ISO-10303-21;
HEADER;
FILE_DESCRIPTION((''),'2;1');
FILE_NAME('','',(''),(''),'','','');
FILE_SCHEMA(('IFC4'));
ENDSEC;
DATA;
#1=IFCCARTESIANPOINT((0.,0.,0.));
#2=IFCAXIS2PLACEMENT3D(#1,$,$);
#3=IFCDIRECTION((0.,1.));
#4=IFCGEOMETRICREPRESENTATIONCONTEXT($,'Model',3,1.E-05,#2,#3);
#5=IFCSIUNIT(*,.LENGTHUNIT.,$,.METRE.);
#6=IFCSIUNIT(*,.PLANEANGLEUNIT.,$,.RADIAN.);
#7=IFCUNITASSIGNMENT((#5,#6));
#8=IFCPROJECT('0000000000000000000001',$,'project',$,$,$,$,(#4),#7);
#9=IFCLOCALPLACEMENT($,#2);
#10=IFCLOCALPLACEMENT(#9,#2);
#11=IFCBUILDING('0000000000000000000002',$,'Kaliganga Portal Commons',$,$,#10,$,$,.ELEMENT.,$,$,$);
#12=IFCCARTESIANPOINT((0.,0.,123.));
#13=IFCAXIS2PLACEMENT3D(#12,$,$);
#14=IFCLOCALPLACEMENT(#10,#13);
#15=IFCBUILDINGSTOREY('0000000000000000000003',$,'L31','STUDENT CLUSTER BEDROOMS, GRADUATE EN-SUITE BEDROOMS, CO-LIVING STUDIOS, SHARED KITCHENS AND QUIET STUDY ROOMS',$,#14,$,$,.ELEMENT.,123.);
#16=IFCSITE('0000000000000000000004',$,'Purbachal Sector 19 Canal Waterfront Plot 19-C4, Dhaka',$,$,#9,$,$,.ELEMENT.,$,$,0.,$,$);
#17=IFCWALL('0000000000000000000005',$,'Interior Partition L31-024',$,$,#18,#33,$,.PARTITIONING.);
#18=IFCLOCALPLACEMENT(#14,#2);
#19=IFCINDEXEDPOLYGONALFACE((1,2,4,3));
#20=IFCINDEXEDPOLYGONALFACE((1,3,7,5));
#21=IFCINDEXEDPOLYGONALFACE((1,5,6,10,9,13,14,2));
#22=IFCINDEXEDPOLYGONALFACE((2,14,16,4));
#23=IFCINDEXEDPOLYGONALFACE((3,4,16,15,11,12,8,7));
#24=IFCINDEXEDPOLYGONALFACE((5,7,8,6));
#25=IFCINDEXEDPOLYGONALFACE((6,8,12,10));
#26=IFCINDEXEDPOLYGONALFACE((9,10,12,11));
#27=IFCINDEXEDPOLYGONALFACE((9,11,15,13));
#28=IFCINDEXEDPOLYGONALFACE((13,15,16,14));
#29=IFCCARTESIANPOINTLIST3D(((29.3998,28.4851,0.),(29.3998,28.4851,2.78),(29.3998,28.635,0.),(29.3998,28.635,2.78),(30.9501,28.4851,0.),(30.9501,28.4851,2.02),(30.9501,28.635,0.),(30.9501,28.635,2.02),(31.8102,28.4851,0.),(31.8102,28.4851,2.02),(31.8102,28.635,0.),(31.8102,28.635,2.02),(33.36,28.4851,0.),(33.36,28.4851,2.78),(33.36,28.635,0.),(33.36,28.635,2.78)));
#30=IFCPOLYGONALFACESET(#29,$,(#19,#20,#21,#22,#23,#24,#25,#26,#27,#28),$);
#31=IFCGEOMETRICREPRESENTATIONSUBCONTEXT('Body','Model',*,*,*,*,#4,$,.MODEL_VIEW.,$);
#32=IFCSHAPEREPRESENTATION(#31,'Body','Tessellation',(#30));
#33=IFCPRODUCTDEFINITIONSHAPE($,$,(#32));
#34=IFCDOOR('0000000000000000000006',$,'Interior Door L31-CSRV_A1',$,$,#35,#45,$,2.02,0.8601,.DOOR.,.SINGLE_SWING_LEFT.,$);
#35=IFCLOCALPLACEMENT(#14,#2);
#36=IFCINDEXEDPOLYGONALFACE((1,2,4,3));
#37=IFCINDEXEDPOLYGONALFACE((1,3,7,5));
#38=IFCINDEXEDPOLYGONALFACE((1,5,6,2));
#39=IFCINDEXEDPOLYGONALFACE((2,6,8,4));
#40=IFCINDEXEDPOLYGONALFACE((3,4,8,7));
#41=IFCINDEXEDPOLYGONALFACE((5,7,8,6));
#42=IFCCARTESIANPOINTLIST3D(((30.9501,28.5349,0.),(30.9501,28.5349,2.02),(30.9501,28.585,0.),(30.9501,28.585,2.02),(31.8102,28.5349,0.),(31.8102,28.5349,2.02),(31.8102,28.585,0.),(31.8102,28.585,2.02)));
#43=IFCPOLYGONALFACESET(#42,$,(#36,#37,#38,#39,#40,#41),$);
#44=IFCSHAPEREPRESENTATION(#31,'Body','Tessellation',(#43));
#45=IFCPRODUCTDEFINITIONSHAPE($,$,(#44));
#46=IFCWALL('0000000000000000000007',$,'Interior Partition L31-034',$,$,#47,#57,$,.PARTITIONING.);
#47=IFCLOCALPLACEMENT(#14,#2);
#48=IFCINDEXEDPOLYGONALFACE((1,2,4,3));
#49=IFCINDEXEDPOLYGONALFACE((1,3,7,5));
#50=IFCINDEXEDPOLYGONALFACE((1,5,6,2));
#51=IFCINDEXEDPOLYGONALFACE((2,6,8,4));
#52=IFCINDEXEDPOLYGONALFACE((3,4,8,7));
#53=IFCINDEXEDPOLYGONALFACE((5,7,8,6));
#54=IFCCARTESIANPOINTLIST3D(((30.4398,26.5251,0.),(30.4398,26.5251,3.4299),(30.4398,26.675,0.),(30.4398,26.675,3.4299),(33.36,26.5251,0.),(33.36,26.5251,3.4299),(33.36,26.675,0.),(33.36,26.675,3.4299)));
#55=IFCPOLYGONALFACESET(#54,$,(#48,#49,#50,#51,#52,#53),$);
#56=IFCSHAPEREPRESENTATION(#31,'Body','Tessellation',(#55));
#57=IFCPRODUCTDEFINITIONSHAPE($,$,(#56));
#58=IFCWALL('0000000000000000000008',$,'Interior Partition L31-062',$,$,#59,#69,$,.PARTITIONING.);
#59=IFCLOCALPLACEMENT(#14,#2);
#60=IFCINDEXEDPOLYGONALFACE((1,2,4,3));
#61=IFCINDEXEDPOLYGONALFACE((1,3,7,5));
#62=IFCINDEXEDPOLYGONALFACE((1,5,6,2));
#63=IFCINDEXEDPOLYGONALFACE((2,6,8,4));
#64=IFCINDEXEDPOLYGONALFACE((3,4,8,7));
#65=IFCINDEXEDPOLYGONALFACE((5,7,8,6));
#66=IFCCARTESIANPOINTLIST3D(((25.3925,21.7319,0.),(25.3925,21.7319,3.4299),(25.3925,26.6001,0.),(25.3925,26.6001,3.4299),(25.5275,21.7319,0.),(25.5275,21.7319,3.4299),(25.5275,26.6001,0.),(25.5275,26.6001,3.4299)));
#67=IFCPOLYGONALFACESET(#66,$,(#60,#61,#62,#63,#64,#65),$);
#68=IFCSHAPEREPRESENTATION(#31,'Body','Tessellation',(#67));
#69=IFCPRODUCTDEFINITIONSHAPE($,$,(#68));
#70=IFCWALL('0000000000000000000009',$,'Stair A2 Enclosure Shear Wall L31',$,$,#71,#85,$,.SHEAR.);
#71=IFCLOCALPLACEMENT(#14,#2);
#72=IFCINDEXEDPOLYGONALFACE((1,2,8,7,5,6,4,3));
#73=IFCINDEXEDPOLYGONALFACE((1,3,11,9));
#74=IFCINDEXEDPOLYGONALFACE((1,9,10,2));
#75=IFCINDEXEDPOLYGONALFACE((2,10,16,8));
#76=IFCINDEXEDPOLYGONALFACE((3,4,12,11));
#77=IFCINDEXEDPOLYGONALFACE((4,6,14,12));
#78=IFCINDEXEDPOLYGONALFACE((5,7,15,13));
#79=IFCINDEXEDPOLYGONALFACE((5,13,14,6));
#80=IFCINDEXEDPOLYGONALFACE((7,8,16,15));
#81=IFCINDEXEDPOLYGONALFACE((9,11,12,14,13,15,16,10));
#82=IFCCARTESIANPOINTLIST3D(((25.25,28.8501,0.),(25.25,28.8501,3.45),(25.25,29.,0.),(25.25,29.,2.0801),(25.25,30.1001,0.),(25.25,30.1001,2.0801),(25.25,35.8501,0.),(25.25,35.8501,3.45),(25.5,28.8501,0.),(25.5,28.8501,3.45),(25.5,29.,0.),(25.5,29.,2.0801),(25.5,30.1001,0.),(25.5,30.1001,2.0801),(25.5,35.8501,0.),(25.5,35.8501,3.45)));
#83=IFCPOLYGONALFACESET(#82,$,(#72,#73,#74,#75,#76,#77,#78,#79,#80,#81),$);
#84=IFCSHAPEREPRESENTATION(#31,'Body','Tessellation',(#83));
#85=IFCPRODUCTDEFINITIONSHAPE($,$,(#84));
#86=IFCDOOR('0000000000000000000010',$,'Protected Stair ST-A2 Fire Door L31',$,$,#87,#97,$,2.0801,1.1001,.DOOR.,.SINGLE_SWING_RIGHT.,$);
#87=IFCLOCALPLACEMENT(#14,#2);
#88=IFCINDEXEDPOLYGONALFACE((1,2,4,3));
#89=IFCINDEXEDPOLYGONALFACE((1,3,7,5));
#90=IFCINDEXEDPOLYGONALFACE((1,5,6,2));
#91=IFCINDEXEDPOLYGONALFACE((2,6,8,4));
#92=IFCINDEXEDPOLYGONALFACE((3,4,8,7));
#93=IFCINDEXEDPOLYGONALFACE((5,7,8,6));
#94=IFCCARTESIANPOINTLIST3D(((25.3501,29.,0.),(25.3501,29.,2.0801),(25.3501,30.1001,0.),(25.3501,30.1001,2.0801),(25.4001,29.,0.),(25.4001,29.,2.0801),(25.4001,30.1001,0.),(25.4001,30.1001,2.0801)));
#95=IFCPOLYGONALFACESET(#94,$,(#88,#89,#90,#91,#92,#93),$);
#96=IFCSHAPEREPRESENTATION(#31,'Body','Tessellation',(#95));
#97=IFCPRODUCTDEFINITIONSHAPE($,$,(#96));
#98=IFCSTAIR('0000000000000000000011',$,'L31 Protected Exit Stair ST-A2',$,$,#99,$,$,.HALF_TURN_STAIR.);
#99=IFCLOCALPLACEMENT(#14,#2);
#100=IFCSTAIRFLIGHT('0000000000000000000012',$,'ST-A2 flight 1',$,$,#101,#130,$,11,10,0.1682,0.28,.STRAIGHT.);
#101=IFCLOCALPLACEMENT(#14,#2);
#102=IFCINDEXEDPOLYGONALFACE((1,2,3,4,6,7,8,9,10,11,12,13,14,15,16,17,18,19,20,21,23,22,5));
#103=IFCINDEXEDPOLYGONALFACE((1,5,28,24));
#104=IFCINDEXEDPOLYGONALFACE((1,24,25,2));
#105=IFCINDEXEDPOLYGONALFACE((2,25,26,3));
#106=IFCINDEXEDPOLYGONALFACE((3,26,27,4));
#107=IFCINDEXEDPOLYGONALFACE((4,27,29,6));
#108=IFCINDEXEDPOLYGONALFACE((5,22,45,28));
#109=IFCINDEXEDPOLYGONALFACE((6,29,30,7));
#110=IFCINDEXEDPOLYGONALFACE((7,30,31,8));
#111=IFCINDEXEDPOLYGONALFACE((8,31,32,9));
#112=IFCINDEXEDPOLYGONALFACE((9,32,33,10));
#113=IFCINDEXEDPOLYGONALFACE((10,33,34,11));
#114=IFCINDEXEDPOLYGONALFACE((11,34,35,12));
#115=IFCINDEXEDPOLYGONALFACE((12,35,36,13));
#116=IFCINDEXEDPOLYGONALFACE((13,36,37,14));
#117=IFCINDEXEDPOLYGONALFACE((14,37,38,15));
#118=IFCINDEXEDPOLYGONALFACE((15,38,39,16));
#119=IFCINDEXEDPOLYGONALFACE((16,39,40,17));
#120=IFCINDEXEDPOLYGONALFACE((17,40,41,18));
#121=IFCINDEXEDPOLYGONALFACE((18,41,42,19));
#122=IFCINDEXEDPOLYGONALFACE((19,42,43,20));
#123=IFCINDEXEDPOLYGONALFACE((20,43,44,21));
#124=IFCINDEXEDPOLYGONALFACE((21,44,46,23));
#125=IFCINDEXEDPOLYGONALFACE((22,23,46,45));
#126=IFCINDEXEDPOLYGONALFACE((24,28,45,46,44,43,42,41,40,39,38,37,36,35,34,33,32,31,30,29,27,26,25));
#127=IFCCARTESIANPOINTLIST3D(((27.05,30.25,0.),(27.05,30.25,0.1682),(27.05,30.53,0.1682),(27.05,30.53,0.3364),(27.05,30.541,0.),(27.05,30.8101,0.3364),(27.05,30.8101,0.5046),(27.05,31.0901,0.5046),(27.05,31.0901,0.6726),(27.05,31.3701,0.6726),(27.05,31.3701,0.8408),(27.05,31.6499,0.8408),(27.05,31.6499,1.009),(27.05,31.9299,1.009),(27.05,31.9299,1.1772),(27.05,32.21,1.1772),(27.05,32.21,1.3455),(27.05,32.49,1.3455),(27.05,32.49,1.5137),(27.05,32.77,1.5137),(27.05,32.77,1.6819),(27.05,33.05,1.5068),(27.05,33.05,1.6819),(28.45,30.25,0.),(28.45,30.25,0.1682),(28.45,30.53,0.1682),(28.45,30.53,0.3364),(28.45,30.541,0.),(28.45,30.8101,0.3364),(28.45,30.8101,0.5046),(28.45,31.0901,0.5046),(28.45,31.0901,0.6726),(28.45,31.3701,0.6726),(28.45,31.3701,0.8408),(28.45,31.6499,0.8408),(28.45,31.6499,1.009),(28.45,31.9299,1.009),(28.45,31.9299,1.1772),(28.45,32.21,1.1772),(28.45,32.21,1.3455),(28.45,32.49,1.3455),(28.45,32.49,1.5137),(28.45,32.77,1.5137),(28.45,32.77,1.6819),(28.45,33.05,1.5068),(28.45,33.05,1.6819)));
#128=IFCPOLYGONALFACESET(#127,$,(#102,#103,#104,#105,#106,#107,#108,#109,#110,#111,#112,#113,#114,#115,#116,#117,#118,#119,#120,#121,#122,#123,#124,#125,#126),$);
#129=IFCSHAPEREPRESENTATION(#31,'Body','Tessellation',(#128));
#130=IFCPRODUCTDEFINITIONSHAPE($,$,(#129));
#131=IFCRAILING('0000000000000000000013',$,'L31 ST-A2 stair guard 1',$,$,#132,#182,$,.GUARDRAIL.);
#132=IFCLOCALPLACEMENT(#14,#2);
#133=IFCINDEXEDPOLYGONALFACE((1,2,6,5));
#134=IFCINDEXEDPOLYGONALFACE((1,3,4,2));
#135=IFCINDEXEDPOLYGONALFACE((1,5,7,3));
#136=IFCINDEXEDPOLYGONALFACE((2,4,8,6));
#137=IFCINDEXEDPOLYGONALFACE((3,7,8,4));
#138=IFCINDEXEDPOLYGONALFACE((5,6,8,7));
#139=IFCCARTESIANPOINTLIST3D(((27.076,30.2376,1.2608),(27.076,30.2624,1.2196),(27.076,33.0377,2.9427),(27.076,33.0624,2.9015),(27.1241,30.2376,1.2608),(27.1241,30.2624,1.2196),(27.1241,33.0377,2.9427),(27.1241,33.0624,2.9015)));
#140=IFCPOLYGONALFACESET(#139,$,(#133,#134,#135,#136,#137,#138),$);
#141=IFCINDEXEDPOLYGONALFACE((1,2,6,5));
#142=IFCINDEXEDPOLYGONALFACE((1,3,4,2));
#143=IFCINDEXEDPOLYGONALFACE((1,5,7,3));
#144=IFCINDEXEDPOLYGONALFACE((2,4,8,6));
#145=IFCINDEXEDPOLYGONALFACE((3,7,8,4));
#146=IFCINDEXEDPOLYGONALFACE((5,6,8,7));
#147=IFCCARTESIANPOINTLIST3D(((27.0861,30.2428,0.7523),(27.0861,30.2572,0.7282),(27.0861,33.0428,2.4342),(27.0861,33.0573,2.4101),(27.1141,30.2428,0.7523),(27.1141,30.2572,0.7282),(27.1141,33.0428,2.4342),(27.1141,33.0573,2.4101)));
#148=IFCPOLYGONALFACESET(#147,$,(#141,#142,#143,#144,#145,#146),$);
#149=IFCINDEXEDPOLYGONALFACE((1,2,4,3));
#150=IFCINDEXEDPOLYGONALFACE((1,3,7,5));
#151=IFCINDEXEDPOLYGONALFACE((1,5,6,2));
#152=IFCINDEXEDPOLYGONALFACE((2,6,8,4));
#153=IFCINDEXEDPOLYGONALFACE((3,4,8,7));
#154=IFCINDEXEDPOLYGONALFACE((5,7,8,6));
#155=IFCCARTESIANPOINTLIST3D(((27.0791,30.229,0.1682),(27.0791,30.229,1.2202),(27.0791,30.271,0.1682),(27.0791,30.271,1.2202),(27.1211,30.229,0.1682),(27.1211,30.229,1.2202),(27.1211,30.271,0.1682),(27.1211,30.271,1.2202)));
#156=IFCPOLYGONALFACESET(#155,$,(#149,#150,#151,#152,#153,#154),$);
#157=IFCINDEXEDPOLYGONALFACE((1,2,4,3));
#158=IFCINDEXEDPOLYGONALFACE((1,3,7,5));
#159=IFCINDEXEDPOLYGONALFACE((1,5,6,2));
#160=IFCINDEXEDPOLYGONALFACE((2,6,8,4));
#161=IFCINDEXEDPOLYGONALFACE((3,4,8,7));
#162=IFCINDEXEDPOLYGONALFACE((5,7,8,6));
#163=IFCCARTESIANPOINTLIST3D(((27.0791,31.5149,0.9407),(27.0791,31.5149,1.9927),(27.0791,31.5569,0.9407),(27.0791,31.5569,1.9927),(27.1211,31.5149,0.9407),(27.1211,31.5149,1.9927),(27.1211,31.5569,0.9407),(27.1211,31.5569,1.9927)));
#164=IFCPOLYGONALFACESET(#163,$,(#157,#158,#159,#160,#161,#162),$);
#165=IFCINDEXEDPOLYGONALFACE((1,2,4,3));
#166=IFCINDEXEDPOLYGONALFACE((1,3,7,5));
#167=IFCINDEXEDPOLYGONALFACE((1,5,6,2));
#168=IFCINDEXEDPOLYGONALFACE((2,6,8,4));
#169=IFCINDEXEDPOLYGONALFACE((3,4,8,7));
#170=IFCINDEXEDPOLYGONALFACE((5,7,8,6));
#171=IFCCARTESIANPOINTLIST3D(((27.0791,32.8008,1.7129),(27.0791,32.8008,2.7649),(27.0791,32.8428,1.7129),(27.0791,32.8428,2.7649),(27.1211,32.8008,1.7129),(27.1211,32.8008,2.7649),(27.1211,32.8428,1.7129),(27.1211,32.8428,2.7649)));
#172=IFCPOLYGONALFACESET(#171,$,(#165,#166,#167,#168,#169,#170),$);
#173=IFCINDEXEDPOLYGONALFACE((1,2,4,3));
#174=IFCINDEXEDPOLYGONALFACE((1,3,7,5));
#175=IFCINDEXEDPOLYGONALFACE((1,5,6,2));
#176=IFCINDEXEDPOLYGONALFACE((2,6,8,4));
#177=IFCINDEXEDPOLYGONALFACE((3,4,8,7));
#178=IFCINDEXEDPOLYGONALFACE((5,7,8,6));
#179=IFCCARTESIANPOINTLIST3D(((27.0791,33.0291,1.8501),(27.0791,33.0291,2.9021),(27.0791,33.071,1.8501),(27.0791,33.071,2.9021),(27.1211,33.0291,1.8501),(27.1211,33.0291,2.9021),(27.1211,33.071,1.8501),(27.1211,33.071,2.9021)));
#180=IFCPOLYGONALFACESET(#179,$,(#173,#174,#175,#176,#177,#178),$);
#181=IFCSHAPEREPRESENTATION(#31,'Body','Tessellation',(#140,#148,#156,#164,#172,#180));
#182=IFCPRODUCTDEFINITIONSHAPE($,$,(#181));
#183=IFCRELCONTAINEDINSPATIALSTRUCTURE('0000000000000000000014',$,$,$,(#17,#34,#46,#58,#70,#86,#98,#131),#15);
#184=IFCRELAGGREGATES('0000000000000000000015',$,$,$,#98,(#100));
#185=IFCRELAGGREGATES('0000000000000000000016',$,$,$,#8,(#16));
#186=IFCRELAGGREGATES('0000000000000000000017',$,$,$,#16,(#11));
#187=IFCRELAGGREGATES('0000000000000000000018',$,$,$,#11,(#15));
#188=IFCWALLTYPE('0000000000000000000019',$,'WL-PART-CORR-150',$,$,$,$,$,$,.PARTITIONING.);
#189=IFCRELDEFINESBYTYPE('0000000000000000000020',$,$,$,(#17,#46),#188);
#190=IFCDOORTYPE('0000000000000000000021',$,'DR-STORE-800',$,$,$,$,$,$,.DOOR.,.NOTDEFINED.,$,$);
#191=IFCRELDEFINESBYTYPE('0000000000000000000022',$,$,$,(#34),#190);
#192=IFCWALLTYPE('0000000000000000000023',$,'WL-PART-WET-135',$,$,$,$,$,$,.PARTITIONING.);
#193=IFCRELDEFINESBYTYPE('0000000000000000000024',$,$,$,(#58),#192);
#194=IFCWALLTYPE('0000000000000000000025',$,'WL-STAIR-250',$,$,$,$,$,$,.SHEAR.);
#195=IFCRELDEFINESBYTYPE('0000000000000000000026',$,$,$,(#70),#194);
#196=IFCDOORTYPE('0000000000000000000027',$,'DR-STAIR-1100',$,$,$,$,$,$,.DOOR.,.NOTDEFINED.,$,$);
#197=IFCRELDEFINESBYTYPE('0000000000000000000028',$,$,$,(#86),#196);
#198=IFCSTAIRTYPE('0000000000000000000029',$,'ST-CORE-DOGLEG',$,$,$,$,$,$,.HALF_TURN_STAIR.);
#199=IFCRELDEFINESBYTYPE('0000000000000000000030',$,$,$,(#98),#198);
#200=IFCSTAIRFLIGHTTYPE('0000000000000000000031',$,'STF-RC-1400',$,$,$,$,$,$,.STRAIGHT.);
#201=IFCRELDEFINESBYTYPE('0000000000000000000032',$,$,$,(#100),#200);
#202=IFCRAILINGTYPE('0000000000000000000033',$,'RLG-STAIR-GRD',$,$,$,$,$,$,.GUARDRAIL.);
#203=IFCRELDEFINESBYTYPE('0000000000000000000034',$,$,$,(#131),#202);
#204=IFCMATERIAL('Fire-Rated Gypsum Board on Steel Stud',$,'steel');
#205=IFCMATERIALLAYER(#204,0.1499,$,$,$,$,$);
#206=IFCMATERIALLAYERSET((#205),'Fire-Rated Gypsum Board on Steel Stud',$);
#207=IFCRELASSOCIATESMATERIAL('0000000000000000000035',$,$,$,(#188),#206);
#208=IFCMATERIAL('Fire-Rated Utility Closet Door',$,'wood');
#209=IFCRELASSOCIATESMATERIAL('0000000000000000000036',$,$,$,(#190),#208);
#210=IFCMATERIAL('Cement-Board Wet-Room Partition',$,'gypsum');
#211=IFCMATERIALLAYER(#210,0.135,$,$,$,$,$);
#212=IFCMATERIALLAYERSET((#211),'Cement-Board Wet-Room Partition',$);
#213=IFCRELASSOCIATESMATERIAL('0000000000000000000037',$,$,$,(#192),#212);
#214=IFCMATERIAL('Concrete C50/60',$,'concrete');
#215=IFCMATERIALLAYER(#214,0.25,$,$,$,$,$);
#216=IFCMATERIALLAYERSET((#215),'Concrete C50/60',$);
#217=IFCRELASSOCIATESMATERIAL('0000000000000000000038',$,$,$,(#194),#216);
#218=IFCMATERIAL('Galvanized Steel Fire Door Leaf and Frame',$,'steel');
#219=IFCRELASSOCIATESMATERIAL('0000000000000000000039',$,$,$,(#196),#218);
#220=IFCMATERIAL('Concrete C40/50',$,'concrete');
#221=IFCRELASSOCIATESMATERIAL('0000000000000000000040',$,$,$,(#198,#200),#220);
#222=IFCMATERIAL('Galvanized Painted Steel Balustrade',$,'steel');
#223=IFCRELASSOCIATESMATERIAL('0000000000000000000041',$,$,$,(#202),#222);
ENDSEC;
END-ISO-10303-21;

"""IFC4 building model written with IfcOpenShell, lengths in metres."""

from ifc_helpers import new_model, si_unit, direction, frame, frame_2d, origin, origin_2d, place, context, subcontext, project, spatial, polyline, rectangle, outline, extrude, material, layer, layer_set, type_object, element, fill, aggregate, save


model = new_model("IFC4")

# Units and contexts
model_context = context("Model", 3, precision=1e-05, world=origin(), true_north=direction((0.0, 1.0)))
body_context = subcontext(model_context, "Body", "Model", "MODEL_VIEW")
ifc_project = project(units=[si_unit("LENGTHUNIT", "METRE"), si_unit("PLANEANGLEUNIT", "RADIAN")], contexts=[model_context])

# Site, building, storey
site_placement = place(None, origin())
site = spatial("IfcSite", under=ifc_project, at=site_placement, Name="Purbachal Sector 19 Canal Waterfront Plot 19-C4, Dhaka", CompositionType="ELEMENT", RefElevation=0.0)
building_placement = place(site_placement, origin())
building = spatial("IfcBuilding", under=site, at=building_placement, Name="Kaliganga Portal Commons", CompositionType="ELEMENT")
storey_placement = place(building_placement, frame((0.0, 0.0, 123.0)))
storey = spatial("IfcBuildingStorey", under=building, at=storey_placement, Name="L31", Description="STUDENT CLUSTER BEDROOMS, GRADUATE EN-SUITE BEDROOMS, CO-LIVING STUDIOS, SHARED KITCHENS AND QUIET STUDY ROOMS", CompositionType="ELEMENT", Elevation=123.0)

# Wall, opening, door
ifc_material_1 = material(Name="Fire-Rated Gypsum Board on Steel Stud", Category="steel")
ifc_layer_1 = layer(ifc_material_1, 0.1499)
ifc_layer_set_1 = layer_set([ifc_layer_1], Name="Fire-Rated Gypsum Board on Steel Stud")
wall_type_1 = type_object("IfcWallType", Name="WL-PART-CORR-150", PredefinedType="PARTITIONING", material=ifc_layer_set_1)
wall_1_placement = place(storey_placement, frame((29.3999, 28.5601, 0.0), z_axis=(0.0, 0.0, 1.0), x_axis=(1.0, 0.0, 0.0)))
wall_1 = element("IfcWall", 1, at=wall_1_placement, inside=storey, type_object=wall_type_1, Name="Interior Partition L31-024", PredefinedType="PARTITIONING", context=body_context, shape_type="SweptSolid", body=[
    extrude(rectangle(XDim=3.9602, YDim=0.1499, at=frame_2d((1.98, 0.0))), origin(), (0.0, 0.0, 1.0), 2.78),
])
opening_1_placement = place(wall_1_placement, frame((1.55, 0.0, 0.0)))
opening_1 = element("IfcOpeningElement", 2, at=opening_1_placement, cuts=wall_1, PredefinedType="OPENING", context=body_context, shape_type="SweptSolid", body=[
    extrude(rectangle(XDim=0.8601, YDim=2.02, at=frame_2d((0.4302, 1.01))), frame((0.0, 0.085, 0.0), z_axis=(0.0, -1.0, 0.0), x_axis=(1.0, 0.0, 0.0)), (0.0, 0.0, 1.0), 0.1699),
])
ifc_material_2 = material(Name="Fire-Rated Utility Closet Door", Category="wood")
door_type_1 = type_object("IfcDoorType", Name="DR-STORE-800", OperationType="NOTDEFINED", PredefinedType="DOOR", material=ifc_material_2)
door_1_placement = place(opening_1_placement, origin())
door_1 = element("IfcDoor", 3, at=door_1_placement, inside=storey, type_object=door_type_1, Name="Interior Door L31-CSRV_A1", OperationType="SINGLE_SWING_LEFT", OverallHeight=2.02, OverallWidth=0.8601, PredefinedType="DOOR", context=body_context, shape_type="SweptSolid", body=[
    extrude(rectangle(XDim=0.8601, YDim=2.02, at=frame_2d((0.4302, 1.01))), frame((0.0, 0.0249, 0.0), z_axis=(0.0, -1.0, 0.0), x_axis=(1.0, 0.0, 0.0)), (0.0, 0.0, 1.0), 0.05),
])
fill(opening_1, door_1)

# Walls
wall_2_placement = place(storey_placement, frame((30.4399, 26.6001, 0.0), z_axis=(0.0, 0.0, 1.0), x_axis=(1.0, 0.0, 0.0)))
element("IfcWall", 4, at=wall_2_placement, inside=storey, type_object=wall_type_1, Name="Interior Partition L31-034", PredefinedType="PARTITIONING", context=body_context, shape_type="SweptSolid", body=[
    extrude(rectangle(XDim=2.9202, YDim=0.1499, at=frame_2d((1.46, 0.0))), origin(), (0.0, 0.0, 1.0), 3.4299),
])
ifc_material_3 = material(Name="Cement-Board Wet-Room Partition", Category="gypsum")
ifc_layer_2 = layer(ifc_material_3, 0.135)
ifc_layer_set_2 = layer_set([ifc_layer_2], Name="Cement-Board Wet-Room Partition")
wall_type_2 = type_object("IfcWallType", Name="WL-PART-WET-135", PredefinedType="PARTITIONING", material=ifc_layer_set_2)
wall_3_placement = place(storey_placement, frame((25.46, 21.7319, 0.0), z_axis=(0.0, 0.0, 1.0), x_axis=(0.0, 1.0, 0.0)))
element("IfcWall", 5, at=wall_3_placement, inside=storey, type_object=wall_type_2, Name="Interior Partition L31-062", PredefinedType="PARTITIONING", context=body_context, shape_type="SweptSolid", body=[
    extrude(rectangle(XDim=4.8682, YDim=0.135, at=frame_2d((2.4341, 0.0))), origin(), (0.0, 0.0, 1.0), 3.4299),
])

# Wall, opening, door
ifc_material_4 = material(Name="Concrete C50/60", Category="concrete")
ifc_layer_3 = layer(ifc_material_4, 0.25)
ifc_layer_set_3 = layer_set([ifc_layer_3], Name="Concrete C50/60")
wall_type_3 = type_object("IfcWallType", Name="WL-STAIR-250", PredefinedType="SHEAR", material=ifc_layer_set_3)
wall_4_placement = place(storey_placement, frame((25.375, 28.8501, 0.0), z_axis=(0.0, 0.0, 1.0), x_axis=(0.0, 1.0, 0.0)))
wall_4 = element("IfcWall", 6, at=wall_4_placement, inside=storey, type_object=wall_type_3, Name="Stair A2 Enclosure Shear Wall L31", PredefinedType="SHEAR", context=body_context, shape_type="SweptSolid", body=[
    extrude(rectangle(XDim=7.0, YDim=0.25, at=frame_2d((3.5, 0.0))), origin(), (0.0, 0.0, 1.0), 3.45),
])
opening_2_placement = place(wall_4_placement, frame((0.1499, 0.0, 0.0)))
opening_2 = element("IfcOpeningElement", 7, at=opening_2_placement, cuts=wall_4, PredefinedType="OPENING", context=body_context, shape_type="SweptSolid", body=[
    extrude(rectangle(XDim=1.1001, YDim=2.0801, at=frame_2d((0.55, 1.04))), frame((0.0, 0.135, 0.0), z_axis=(0.0, -1.0, 0.0), x_axis=(1.0, 0.0, 0.0)), (0.0, 0.0, 1.0), 0.27),
])
ifc_material_5 = material(Name="Galvanized Steel Fire Door Leaf and Frame", Category="steel")
door_type_2 = type_object("IfcDoorType", Name="DR-STAIR-1100", OperationType="NOTDEFINED", PredefinedType="DOOR", material=ifc_material_5)
door_2_placement = place(opening_2_placement, origin())
door_2 = element("IfcDoor", 8, at=door_2_placement, inside=storey, type_object=door_type_2, Name="Protected Stair ST-A2 Fire Door L31", OperationType="SINGLE_SWING_RIGHT", OverallHeight=2.0801, OverallWidth=1.1001, PredefinedType="DOOR", context=body_context, shape_type="SweptSolid", body=[
    extrude(rectangle(XDim=1.1001, YDim=2.0801, at=frame_2d((0.55, 1.04))), frame((0.0, 0.0249, 0.0), z_axis=(0.0, -1.0, 0.0), x_axis=(1.0, 0.0, 0.0)), (0.0, 0.0, 1.0), 0.05),
])
fill(opening_2, door_2)

# Stair, stair flight
ifc_material_6 = material(Name="Concrete C40/50", Category="concrete")
stair_type = type_object("IfcStairType", Name="ST-CORE-DOGLEG", PredefinedType="HALF_TURN_STAIR", material=ifc_material_6)
stair_placement = place(storey_placement, origin())
stair = element("IfcStair", 9, at=stair_placement, inside=storey, type_object=stair_type, Name="L31 Protected Exit Stair ST-A2", PredefinedType="HALF_TURN_STAIR")
stair_flight_type = type_object("IfcStairFlightType", Name="STF-RC-1400", PredefinedType="STRAIGHT", material=ifc_material_6)
stair_flight_placement = place(storey_placement, frame((27.75, 30.25, 0.0), z_axis=(0.0, 0.0, 1.0), x_axis=(0.0, 1.0, 0.0)))
stair_flight = element("IfcStairFlight", 10, at=stair_flight_placement, type_object=stair_flight_type, Name="ST-A2 flight 1", NumberOfRisers=11, NumberOfTreads=10, PredefinedType="STRAIGHT", RiserHeight=0.1682, TreadLength=0.28, context=body_context, shape_type="SweptSolid", body=[
    extrude(outline(polyline([(0.0, 0.0), (0.0, 0.1682), (0.28, 0.1682), (0.28, 0.3364), (0.5601, 0.3364), (0.5601, 0.5046), (0.8401, 0.5046), (0.8401, 0.6726), (1.1201, 0.6726), (1.1201, 0.8408), (1.3999, 0.8408), (1.3999, 1.009), (1.6799, 1.009), (1.6799, 1.1772), (1.96, 1.1772), (1.96, 1.3455), (2.24, 1.3455), (2.24, 1.5137), (2.52, 1.5137), (2.52, 1.6819), (2.8, 1.6819), (2.8, 1.8501), (2.8, 1.5068), (0.291, 0.0), (0.0, 0.0)])), frame((0.0, 0.7, 0.0), z_axis=(0.0, -1.0, 0.0), x_axis=(1.0, 0.0, 0.0)), (0.0, 0.0, 1.0), 1.3999),
])
aggregate(stair, [stair_flight])

# Railing
ifc_material_7 = material(Name="Galvanized Painted Steel Balustrade", Category="steel")
railing_type_1 = type_object("IfcRailingType", Name="RLG-STAIR-GRD", PredefinedType="GUARDRAIL", material=ifc_material_7)
railing_1_placement = place(storey_placement, frame((27.1001, 30.25, 0.1682)))
element("IfcRailing", 11, at=railing_1_placement, inside=storey, type_object=railing_type_1, Name="L31 ST-A2 stair guard 1", PredefinedType="GUARDRAIL", context=body_context, shape_type="SweptSolid", body=[
    extrude(rectangle(XDim=0.0481, YDim=0.0481, at=origin_2d()), frame((0.0, 0.0, 1.072), z_axis=(0.0, 0.857242, 0.514913), x_axis=(-1.0, 0.0, 0.0)), (0.0, 0.0, 1.0), 3.2664),
    extrude(rectangle(XDim=0.0281, YDim=0.0281, at=origin_2d()), frame((0.0, 0.0, 0.572), z_axis=(0.0, 0.857242, 0.514913), x_axis=(-1.0, 0.0, 0.0)), (0.0, 0.0, 1.0), 3.2664),
    extrude(rectangle(XDim=0.042, YDim=0.042, at=origin_2d()), origin(), (0.0, 0.0, 1.0), 1.052),
    extrude(rectangle(XDim=0.042, YDim=0.042, at=origin_2d()), frame((0.0, 1.2859, 0.7725)), (0.0, 0.0, 1.0), 1.052),
    extrude(rectangle(XDim=0.042, YDim=0.042, at=origin_2d()), frame((0.0, 2.5718, 1.5447)), (0.0, 0.0, 1.0), 1.052),
    extrude(rectangle(XDim=0.042, YDim=0.042, at=origin_2d()), frame((0.0, 2.8, 1.6819)), (0.0, 0.0, 1.0), 1.052),
])

save(model, "model.ifc")
